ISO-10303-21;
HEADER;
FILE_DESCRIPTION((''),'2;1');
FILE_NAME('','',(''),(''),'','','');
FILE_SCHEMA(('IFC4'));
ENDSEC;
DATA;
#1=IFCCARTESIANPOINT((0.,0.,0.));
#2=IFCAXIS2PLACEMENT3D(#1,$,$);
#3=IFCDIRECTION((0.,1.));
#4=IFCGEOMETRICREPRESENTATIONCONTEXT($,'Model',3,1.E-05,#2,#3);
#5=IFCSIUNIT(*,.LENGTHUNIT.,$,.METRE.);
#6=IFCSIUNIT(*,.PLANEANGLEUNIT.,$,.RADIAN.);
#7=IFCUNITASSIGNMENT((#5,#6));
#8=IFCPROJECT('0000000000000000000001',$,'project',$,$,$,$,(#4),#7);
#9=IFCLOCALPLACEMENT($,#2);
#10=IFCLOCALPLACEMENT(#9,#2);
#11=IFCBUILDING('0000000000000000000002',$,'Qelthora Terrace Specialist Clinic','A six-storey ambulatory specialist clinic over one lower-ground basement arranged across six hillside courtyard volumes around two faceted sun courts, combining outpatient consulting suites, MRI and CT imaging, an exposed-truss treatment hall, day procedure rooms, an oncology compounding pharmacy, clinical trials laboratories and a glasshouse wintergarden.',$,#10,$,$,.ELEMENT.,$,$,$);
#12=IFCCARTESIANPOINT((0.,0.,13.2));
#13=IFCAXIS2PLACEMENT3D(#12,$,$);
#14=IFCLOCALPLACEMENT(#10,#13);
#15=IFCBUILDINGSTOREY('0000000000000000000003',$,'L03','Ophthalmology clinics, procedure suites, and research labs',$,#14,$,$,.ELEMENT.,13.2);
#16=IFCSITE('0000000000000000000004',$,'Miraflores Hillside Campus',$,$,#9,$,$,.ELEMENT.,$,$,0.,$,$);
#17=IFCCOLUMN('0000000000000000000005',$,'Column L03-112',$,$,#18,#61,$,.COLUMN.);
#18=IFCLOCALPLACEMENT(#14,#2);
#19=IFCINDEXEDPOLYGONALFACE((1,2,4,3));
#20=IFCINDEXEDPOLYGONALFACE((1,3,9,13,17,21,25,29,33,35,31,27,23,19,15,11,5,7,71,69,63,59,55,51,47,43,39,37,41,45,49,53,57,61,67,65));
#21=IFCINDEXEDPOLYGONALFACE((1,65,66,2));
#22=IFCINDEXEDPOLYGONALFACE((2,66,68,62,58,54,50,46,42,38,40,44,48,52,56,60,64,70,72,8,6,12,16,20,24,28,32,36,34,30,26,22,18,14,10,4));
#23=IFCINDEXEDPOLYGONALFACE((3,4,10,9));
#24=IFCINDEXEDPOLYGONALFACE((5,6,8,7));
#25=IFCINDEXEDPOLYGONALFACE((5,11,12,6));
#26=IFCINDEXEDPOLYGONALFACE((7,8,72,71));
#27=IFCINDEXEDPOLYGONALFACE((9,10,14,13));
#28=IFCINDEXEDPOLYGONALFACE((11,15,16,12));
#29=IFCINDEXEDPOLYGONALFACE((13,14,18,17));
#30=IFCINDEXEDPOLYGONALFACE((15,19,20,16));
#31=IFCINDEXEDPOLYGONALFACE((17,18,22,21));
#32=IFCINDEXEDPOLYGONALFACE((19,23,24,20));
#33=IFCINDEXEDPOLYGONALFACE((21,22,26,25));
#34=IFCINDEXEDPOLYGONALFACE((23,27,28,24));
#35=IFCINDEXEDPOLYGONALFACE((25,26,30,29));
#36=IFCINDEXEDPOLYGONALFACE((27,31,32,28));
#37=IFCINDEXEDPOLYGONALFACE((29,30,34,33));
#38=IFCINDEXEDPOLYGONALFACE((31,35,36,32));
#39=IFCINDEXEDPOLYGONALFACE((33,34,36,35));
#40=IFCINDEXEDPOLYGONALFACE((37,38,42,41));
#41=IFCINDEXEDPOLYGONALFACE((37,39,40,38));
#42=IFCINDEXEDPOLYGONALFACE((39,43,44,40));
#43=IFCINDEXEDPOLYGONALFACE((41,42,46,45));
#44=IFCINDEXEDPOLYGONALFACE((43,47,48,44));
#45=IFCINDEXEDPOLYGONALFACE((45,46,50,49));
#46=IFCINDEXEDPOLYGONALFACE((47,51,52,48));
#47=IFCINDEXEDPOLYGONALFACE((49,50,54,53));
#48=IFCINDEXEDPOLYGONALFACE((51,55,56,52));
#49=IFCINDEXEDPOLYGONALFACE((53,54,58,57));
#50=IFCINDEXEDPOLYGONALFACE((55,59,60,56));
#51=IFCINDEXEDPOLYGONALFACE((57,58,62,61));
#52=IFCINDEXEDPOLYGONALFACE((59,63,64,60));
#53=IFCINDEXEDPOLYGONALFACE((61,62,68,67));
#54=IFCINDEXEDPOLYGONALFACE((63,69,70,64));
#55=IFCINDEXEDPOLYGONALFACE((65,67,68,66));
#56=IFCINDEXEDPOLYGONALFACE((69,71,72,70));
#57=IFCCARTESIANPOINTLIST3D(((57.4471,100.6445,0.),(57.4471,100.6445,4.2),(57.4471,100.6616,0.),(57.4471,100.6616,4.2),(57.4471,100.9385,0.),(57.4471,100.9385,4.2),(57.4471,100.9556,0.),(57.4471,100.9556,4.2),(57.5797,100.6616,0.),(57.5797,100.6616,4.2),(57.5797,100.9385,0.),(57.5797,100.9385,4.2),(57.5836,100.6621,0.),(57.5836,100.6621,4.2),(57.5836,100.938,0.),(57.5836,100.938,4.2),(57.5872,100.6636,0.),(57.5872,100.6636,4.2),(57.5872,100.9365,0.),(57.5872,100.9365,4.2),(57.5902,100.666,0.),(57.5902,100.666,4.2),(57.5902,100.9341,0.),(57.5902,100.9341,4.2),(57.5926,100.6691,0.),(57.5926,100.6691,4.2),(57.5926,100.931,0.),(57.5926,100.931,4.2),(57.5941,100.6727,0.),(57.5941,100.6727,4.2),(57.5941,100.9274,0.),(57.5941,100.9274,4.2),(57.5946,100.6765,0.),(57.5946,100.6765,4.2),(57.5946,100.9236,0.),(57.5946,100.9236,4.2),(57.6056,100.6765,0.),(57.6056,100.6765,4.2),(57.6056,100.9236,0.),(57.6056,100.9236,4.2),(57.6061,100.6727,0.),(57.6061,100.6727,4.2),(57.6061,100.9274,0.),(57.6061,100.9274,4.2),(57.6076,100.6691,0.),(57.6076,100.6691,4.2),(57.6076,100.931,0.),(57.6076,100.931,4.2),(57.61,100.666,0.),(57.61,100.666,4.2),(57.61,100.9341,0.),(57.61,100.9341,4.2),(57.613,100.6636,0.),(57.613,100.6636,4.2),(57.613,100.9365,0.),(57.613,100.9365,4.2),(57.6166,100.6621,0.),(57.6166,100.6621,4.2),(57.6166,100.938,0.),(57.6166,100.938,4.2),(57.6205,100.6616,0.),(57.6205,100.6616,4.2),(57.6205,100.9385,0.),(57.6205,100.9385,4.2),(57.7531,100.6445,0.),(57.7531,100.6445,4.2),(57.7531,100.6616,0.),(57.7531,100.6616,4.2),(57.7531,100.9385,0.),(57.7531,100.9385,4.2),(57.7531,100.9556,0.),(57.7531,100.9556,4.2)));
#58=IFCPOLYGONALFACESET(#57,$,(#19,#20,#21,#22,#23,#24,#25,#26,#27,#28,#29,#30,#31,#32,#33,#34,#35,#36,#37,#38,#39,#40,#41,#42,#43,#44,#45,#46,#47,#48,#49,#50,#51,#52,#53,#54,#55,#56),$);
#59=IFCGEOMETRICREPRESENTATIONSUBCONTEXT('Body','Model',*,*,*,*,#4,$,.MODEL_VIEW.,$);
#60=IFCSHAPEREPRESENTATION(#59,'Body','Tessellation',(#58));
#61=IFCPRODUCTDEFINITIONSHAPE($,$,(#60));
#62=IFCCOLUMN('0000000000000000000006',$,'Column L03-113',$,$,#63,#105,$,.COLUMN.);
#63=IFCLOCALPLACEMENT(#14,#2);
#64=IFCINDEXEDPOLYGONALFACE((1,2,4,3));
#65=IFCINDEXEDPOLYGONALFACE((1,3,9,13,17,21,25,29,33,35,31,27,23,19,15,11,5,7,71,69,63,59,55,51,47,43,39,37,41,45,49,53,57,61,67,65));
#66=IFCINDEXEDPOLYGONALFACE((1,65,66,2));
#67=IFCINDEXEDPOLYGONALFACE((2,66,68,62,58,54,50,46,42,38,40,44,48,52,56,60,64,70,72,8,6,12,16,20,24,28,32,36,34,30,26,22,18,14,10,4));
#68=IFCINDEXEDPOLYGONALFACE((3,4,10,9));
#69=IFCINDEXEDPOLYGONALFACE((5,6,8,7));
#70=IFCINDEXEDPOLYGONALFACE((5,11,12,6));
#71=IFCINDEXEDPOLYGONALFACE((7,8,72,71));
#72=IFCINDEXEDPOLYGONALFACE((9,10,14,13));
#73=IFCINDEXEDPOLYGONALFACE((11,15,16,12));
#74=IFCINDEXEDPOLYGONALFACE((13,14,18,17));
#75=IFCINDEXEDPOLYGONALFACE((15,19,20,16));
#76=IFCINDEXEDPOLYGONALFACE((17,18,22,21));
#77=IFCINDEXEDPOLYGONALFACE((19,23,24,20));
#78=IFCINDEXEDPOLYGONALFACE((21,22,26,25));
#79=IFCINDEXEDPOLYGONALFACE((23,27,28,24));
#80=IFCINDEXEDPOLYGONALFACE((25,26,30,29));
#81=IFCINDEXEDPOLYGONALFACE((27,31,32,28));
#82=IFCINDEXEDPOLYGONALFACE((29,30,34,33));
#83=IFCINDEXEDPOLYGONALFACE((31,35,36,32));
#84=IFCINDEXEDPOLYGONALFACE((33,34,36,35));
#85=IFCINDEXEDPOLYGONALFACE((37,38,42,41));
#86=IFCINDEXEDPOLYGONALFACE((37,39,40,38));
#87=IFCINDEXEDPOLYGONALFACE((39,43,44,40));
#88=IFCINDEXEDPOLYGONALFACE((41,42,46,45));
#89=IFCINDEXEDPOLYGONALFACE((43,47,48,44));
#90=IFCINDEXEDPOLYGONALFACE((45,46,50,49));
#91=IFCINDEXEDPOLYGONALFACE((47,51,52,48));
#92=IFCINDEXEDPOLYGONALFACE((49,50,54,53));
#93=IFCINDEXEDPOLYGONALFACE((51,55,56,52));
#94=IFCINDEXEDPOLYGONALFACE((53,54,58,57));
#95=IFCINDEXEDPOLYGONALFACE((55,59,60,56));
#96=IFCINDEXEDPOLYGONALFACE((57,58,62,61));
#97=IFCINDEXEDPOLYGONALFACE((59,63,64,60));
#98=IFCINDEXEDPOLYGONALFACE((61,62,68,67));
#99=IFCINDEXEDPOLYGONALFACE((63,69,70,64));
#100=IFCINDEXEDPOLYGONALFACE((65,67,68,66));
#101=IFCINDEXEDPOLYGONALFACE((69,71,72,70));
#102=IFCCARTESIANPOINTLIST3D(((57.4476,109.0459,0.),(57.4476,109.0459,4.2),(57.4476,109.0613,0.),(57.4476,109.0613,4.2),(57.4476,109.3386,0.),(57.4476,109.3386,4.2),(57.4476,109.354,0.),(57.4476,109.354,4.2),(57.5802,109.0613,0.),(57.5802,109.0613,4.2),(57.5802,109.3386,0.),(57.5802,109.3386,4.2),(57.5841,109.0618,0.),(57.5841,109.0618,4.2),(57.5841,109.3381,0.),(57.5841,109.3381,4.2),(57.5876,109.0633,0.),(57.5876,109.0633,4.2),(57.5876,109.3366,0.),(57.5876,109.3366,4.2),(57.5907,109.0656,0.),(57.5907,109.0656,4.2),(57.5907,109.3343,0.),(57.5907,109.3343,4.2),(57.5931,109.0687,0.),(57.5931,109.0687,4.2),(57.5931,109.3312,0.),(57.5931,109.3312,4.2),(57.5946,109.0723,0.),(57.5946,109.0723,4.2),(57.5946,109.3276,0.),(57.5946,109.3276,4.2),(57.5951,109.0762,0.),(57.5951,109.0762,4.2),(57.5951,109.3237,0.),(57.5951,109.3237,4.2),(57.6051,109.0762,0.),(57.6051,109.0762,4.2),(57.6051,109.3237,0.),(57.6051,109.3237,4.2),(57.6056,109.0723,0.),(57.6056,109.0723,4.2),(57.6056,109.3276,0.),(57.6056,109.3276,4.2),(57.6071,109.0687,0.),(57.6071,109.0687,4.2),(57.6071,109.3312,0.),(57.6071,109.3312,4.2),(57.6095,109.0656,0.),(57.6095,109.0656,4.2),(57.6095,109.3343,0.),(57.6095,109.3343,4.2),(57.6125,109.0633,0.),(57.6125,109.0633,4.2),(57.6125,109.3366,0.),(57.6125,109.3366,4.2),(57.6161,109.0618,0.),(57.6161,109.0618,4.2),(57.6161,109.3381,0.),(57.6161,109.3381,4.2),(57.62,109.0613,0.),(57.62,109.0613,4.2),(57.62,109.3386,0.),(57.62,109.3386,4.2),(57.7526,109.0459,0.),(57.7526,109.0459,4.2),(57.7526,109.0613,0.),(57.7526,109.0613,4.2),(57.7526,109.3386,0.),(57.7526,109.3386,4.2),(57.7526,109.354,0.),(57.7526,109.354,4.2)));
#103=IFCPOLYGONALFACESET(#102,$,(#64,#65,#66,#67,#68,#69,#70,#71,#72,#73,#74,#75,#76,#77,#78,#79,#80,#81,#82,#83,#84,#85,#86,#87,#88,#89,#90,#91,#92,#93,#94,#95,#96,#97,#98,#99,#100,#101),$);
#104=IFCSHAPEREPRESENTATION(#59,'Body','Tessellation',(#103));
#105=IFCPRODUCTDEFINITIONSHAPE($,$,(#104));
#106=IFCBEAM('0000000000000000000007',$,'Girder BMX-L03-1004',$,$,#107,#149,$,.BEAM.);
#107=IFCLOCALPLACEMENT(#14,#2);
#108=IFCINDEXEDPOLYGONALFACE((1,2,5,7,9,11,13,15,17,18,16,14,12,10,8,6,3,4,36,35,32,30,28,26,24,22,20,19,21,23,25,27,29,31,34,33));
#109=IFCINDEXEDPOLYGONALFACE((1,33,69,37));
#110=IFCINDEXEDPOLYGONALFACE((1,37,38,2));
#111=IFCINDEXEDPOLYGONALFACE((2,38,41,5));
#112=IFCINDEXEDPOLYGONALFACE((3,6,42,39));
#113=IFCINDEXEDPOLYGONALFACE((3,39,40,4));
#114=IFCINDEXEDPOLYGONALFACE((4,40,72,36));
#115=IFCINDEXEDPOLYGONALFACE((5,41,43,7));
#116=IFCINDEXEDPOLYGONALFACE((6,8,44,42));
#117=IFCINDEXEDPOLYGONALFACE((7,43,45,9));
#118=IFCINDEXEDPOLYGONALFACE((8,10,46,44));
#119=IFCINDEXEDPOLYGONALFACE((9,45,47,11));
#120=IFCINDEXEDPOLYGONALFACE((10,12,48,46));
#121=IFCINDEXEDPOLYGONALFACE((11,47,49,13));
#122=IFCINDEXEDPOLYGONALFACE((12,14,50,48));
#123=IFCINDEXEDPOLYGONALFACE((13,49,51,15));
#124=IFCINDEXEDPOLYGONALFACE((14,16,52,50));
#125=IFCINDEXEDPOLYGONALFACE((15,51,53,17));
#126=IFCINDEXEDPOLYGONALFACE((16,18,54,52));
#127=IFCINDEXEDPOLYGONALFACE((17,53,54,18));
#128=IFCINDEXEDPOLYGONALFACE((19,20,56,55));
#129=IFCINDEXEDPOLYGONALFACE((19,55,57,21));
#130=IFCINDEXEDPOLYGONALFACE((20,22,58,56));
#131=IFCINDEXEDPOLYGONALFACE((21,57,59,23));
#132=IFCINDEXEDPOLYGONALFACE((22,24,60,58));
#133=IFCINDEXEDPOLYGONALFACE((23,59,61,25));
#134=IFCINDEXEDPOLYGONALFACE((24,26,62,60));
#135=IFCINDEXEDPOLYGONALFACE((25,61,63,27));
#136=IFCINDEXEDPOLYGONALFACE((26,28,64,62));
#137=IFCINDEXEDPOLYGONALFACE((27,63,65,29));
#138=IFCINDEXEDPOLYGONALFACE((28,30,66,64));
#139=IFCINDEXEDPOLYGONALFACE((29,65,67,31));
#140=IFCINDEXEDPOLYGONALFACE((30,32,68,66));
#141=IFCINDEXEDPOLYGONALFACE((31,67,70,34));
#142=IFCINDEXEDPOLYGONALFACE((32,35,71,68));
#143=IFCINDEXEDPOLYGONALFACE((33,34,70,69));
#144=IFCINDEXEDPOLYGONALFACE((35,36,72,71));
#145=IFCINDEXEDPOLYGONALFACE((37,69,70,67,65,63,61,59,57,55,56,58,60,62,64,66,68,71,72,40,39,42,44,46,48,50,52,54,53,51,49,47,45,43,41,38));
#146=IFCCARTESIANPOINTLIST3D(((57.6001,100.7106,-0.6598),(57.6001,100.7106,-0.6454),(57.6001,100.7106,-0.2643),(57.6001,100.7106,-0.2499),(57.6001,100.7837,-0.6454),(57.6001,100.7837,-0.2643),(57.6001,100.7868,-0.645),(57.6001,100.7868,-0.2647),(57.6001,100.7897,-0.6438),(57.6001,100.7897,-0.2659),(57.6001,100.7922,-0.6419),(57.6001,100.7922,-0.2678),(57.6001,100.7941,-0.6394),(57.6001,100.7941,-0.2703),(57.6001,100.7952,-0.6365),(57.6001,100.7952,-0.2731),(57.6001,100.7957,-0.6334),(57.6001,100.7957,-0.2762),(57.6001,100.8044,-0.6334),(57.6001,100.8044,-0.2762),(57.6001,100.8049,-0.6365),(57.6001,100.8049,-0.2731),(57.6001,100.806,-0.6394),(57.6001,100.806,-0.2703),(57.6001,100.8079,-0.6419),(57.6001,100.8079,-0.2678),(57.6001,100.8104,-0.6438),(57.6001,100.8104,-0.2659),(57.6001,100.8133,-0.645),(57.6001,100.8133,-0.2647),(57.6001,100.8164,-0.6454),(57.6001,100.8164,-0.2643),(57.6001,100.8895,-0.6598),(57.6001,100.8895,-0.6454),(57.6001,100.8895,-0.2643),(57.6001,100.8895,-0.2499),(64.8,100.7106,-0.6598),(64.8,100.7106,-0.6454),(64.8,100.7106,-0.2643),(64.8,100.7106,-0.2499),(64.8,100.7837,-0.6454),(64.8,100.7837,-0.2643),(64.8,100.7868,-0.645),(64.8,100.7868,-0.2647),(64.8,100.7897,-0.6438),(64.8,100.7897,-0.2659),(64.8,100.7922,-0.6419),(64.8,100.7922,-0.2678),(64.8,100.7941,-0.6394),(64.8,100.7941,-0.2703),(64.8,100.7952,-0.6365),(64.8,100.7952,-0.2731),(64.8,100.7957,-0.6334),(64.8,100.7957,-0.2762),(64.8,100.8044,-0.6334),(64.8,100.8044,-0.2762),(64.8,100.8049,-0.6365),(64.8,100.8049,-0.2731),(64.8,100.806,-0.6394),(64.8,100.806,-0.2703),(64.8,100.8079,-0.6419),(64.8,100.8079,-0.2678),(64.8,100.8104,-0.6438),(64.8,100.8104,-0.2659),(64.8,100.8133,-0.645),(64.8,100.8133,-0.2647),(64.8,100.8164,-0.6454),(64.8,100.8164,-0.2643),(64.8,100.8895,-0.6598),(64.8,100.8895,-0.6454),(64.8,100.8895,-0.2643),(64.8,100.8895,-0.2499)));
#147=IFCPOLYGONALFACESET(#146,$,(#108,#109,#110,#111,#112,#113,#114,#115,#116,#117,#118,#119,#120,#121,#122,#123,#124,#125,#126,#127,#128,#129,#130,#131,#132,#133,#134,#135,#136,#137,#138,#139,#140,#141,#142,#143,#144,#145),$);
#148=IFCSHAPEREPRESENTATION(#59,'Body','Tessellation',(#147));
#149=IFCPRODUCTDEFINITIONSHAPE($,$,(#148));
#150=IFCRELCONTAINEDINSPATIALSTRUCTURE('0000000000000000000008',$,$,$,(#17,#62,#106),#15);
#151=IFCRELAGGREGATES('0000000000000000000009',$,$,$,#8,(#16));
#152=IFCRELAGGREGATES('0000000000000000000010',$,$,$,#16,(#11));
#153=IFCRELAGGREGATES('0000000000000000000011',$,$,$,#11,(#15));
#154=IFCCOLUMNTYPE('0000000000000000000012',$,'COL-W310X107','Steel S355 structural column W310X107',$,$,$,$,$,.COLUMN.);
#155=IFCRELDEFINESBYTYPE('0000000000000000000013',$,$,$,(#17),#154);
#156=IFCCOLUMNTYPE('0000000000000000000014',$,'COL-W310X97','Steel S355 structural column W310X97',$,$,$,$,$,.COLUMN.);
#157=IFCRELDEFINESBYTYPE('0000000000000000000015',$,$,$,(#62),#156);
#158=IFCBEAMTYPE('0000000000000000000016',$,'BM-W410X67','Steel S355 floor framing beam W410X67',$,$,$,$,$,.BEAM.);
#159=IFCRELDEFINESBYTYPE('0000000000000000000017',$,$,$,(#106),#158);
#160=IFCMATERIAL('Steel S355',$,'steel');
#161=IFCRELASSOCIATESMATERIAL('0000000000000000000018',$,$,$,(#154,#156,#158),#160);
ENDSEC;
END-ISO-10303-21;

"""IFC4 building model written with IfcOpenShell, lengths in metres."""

from ifc_helpers import new_model, si_unit, direction, frame, origin, origin_2d, place, context, subcontext, project, spatial, i_section, extrude, material, material_profile, profile_set, type_object, element, save


model = new_model("IFC4")

# Units and contexts
model_context = context("Model", 3, precision=1e-05, world=origin(), true_north=direction((0.0, 1.0)))
body_context = subcontext(model_context, "Body", "Model", "MODEL_VIEW")
ifc_project = project(units=[si_unit("LENGTHUNIT", "METRE"), si_unit("PLANEANGLEUNIT", "RADIAN")], contexts=[model_context])

# Site, building, storey
site_placement = place(None, origin())
site = spatial("IfcSite", under=ifc_project, at=site_placement, Name="Miraflores Hillside Campus", CompositionType="ELEMENT", RefElevation=0.0)
building_placement = place(site_placement, origin())
building = spatial("IfcBuilding", under=site, at=building_placement, Name="Qelthora Terrace Specialist Clinic", Description="A six-storey ambulatory specialist clinic over one lower-ground basement arranged across six hillside courtyard volumes around two faceted sun courts, combining outpatient consulting suites, MRI and CT imaging, an exposed-truss treatment hall, day procedure rooms, an oncology compounding pharmacy, clinical trials laboratories and a glasshouse wintergarden.", CompositionType="ELEMENT")
storey_placement = place(building_placement, frame((0.0, 0.0, 13.2)))
storey = spatial("IfcBuildingStorey", under=building, at=storey_placement, Name="L03", Description="Ophthalmology clinics, procedure suites, and research labs", CompositionType="ELEMENT", Elevation=13.2)

# Columns
ifc_material_1 = material(Name="Steel S355", Category="steel")
ifc_material_profile_1 = material_profile(ifc_material_1, i_section(OverallWidth=0.3059, OverallDepth=0.311, WebThickness=0.011, FlangeThickness=0.0171, FilletRadius=0.0149, at=origin_2d()), Name="W310X107")
ifc_profile_set_1 = profile_set([ifc_material_profile_1], Name="Steel S355")
column_type_1 = type_object("IfcColumnType", Name="COL-W310X107", Description="Steel S355 structural column W310X107", PredefinedType="COLUMN", material=ifc_profile_set_1)
column_1_placement = place(storey_placement, frame((57.6001, 100.8, 0.0), z_axis=(0.0, 0.0, 1.0), x_axis=(1.0, 0.0, 0.0)))
element("IfcColumn", 1, at=column_1_placement, inside=storey, type_object=column_type_1, Name="Column L03-112", PredefinedType="COLUMN", context=body_context, shape_type="SweptSolid", body=[
    extrude(i_section(OverallWidth=0.3059, OverallDepth=0.311, WebThickness=0.011, FlangeThickness=0.0171, FilletRadius=0.0149, at=origin_2d()), origin(), (0.0, 0.0, 1.0), 4.2),
])
ifc_material_profile_2 = material_profile(ifc_material_1, i_section(OverallWidth=0.3049, OverallDepth=0.3081, WebThickness=0.01, FlangeThickness=0.0154, FilletRadius=0.0149, at=origin_2d()), Name="W310X97")
ifc_profile_set_2 = profile_set([ifc_material_profile_2], Name="Steel S355")
column_type_2 = type_object("IfcColumnType", Name="COL-W310X97", Description="Steel S355 structural column W310X97", PredefinedType="COLUMN", material=ifc_profile_set_2)
column_2_placement = place(storey_placement, frame((57.6001, 109.2, 0.0), z_axis=(0.0, 0.0, 1.0), x_axis=(1.0, 0.0, 0.0)))
element("IfcColumn", 2, at=column_2_placement, inside=storey, type_object=column_type_2, Name="Column L03-113", PredefinedType="COLUMN", context=body_context, shape_type="SweptSolid", body=[
    extrude(i_section(OverallWidth=0.3049, OverallDepth=0.3081, WebThickness=0.01, FlangeThickness=0.0154, FilletRadius=0.0149, at=origin_2d()), origin(), (0.0, 0.0, 1.0), 4.2),
])

# Beam
ifc_material_profile_3 = material_profile(ifc_material_1, i_section(OverallWidth=0.179, OverallDepth=0.4099, WebThickness=0.0088, FlangeThickness=0.0144, FilletRadius=0.012, at=origin_2d()), Name="W410X67")
ifc_profile_set_3 = profile_set([ifc_material_profile_3], Name="Steel S355")
beam_type_1 = type_object("IfcBeamType", Name="BM-W410X67", Description="Steel S355 floor framing beam W410X67", PredefinedType="BEAM", material=ifc_profile_set_3)
beam_1_placement = place(storey_placement, frame((57.6001, 100.8, -0.4548), z_axis=(1.0, 0.0, 0.0), x_axis=(0.0, 1.0, 0.0)))
element("IfcBeam", 3, at=beam_1_placement, inside=storey, type_object=beam_type_1, Name="Girder BMX-L03-1004", PredefinedType="BEAM", context=body_context, shape_type="SweptSolid", body=[
    extrude(i_section(OverallWidth=0.179, OverallDepth=0.4099, WebThickness=0.0088, FlangeThickness=0.0144, FilletRadius=0.012, at=origin_2d()), origin(), (0.0, 0.0, 1.0), 7.2),
])

save(model, "model.ifc")
